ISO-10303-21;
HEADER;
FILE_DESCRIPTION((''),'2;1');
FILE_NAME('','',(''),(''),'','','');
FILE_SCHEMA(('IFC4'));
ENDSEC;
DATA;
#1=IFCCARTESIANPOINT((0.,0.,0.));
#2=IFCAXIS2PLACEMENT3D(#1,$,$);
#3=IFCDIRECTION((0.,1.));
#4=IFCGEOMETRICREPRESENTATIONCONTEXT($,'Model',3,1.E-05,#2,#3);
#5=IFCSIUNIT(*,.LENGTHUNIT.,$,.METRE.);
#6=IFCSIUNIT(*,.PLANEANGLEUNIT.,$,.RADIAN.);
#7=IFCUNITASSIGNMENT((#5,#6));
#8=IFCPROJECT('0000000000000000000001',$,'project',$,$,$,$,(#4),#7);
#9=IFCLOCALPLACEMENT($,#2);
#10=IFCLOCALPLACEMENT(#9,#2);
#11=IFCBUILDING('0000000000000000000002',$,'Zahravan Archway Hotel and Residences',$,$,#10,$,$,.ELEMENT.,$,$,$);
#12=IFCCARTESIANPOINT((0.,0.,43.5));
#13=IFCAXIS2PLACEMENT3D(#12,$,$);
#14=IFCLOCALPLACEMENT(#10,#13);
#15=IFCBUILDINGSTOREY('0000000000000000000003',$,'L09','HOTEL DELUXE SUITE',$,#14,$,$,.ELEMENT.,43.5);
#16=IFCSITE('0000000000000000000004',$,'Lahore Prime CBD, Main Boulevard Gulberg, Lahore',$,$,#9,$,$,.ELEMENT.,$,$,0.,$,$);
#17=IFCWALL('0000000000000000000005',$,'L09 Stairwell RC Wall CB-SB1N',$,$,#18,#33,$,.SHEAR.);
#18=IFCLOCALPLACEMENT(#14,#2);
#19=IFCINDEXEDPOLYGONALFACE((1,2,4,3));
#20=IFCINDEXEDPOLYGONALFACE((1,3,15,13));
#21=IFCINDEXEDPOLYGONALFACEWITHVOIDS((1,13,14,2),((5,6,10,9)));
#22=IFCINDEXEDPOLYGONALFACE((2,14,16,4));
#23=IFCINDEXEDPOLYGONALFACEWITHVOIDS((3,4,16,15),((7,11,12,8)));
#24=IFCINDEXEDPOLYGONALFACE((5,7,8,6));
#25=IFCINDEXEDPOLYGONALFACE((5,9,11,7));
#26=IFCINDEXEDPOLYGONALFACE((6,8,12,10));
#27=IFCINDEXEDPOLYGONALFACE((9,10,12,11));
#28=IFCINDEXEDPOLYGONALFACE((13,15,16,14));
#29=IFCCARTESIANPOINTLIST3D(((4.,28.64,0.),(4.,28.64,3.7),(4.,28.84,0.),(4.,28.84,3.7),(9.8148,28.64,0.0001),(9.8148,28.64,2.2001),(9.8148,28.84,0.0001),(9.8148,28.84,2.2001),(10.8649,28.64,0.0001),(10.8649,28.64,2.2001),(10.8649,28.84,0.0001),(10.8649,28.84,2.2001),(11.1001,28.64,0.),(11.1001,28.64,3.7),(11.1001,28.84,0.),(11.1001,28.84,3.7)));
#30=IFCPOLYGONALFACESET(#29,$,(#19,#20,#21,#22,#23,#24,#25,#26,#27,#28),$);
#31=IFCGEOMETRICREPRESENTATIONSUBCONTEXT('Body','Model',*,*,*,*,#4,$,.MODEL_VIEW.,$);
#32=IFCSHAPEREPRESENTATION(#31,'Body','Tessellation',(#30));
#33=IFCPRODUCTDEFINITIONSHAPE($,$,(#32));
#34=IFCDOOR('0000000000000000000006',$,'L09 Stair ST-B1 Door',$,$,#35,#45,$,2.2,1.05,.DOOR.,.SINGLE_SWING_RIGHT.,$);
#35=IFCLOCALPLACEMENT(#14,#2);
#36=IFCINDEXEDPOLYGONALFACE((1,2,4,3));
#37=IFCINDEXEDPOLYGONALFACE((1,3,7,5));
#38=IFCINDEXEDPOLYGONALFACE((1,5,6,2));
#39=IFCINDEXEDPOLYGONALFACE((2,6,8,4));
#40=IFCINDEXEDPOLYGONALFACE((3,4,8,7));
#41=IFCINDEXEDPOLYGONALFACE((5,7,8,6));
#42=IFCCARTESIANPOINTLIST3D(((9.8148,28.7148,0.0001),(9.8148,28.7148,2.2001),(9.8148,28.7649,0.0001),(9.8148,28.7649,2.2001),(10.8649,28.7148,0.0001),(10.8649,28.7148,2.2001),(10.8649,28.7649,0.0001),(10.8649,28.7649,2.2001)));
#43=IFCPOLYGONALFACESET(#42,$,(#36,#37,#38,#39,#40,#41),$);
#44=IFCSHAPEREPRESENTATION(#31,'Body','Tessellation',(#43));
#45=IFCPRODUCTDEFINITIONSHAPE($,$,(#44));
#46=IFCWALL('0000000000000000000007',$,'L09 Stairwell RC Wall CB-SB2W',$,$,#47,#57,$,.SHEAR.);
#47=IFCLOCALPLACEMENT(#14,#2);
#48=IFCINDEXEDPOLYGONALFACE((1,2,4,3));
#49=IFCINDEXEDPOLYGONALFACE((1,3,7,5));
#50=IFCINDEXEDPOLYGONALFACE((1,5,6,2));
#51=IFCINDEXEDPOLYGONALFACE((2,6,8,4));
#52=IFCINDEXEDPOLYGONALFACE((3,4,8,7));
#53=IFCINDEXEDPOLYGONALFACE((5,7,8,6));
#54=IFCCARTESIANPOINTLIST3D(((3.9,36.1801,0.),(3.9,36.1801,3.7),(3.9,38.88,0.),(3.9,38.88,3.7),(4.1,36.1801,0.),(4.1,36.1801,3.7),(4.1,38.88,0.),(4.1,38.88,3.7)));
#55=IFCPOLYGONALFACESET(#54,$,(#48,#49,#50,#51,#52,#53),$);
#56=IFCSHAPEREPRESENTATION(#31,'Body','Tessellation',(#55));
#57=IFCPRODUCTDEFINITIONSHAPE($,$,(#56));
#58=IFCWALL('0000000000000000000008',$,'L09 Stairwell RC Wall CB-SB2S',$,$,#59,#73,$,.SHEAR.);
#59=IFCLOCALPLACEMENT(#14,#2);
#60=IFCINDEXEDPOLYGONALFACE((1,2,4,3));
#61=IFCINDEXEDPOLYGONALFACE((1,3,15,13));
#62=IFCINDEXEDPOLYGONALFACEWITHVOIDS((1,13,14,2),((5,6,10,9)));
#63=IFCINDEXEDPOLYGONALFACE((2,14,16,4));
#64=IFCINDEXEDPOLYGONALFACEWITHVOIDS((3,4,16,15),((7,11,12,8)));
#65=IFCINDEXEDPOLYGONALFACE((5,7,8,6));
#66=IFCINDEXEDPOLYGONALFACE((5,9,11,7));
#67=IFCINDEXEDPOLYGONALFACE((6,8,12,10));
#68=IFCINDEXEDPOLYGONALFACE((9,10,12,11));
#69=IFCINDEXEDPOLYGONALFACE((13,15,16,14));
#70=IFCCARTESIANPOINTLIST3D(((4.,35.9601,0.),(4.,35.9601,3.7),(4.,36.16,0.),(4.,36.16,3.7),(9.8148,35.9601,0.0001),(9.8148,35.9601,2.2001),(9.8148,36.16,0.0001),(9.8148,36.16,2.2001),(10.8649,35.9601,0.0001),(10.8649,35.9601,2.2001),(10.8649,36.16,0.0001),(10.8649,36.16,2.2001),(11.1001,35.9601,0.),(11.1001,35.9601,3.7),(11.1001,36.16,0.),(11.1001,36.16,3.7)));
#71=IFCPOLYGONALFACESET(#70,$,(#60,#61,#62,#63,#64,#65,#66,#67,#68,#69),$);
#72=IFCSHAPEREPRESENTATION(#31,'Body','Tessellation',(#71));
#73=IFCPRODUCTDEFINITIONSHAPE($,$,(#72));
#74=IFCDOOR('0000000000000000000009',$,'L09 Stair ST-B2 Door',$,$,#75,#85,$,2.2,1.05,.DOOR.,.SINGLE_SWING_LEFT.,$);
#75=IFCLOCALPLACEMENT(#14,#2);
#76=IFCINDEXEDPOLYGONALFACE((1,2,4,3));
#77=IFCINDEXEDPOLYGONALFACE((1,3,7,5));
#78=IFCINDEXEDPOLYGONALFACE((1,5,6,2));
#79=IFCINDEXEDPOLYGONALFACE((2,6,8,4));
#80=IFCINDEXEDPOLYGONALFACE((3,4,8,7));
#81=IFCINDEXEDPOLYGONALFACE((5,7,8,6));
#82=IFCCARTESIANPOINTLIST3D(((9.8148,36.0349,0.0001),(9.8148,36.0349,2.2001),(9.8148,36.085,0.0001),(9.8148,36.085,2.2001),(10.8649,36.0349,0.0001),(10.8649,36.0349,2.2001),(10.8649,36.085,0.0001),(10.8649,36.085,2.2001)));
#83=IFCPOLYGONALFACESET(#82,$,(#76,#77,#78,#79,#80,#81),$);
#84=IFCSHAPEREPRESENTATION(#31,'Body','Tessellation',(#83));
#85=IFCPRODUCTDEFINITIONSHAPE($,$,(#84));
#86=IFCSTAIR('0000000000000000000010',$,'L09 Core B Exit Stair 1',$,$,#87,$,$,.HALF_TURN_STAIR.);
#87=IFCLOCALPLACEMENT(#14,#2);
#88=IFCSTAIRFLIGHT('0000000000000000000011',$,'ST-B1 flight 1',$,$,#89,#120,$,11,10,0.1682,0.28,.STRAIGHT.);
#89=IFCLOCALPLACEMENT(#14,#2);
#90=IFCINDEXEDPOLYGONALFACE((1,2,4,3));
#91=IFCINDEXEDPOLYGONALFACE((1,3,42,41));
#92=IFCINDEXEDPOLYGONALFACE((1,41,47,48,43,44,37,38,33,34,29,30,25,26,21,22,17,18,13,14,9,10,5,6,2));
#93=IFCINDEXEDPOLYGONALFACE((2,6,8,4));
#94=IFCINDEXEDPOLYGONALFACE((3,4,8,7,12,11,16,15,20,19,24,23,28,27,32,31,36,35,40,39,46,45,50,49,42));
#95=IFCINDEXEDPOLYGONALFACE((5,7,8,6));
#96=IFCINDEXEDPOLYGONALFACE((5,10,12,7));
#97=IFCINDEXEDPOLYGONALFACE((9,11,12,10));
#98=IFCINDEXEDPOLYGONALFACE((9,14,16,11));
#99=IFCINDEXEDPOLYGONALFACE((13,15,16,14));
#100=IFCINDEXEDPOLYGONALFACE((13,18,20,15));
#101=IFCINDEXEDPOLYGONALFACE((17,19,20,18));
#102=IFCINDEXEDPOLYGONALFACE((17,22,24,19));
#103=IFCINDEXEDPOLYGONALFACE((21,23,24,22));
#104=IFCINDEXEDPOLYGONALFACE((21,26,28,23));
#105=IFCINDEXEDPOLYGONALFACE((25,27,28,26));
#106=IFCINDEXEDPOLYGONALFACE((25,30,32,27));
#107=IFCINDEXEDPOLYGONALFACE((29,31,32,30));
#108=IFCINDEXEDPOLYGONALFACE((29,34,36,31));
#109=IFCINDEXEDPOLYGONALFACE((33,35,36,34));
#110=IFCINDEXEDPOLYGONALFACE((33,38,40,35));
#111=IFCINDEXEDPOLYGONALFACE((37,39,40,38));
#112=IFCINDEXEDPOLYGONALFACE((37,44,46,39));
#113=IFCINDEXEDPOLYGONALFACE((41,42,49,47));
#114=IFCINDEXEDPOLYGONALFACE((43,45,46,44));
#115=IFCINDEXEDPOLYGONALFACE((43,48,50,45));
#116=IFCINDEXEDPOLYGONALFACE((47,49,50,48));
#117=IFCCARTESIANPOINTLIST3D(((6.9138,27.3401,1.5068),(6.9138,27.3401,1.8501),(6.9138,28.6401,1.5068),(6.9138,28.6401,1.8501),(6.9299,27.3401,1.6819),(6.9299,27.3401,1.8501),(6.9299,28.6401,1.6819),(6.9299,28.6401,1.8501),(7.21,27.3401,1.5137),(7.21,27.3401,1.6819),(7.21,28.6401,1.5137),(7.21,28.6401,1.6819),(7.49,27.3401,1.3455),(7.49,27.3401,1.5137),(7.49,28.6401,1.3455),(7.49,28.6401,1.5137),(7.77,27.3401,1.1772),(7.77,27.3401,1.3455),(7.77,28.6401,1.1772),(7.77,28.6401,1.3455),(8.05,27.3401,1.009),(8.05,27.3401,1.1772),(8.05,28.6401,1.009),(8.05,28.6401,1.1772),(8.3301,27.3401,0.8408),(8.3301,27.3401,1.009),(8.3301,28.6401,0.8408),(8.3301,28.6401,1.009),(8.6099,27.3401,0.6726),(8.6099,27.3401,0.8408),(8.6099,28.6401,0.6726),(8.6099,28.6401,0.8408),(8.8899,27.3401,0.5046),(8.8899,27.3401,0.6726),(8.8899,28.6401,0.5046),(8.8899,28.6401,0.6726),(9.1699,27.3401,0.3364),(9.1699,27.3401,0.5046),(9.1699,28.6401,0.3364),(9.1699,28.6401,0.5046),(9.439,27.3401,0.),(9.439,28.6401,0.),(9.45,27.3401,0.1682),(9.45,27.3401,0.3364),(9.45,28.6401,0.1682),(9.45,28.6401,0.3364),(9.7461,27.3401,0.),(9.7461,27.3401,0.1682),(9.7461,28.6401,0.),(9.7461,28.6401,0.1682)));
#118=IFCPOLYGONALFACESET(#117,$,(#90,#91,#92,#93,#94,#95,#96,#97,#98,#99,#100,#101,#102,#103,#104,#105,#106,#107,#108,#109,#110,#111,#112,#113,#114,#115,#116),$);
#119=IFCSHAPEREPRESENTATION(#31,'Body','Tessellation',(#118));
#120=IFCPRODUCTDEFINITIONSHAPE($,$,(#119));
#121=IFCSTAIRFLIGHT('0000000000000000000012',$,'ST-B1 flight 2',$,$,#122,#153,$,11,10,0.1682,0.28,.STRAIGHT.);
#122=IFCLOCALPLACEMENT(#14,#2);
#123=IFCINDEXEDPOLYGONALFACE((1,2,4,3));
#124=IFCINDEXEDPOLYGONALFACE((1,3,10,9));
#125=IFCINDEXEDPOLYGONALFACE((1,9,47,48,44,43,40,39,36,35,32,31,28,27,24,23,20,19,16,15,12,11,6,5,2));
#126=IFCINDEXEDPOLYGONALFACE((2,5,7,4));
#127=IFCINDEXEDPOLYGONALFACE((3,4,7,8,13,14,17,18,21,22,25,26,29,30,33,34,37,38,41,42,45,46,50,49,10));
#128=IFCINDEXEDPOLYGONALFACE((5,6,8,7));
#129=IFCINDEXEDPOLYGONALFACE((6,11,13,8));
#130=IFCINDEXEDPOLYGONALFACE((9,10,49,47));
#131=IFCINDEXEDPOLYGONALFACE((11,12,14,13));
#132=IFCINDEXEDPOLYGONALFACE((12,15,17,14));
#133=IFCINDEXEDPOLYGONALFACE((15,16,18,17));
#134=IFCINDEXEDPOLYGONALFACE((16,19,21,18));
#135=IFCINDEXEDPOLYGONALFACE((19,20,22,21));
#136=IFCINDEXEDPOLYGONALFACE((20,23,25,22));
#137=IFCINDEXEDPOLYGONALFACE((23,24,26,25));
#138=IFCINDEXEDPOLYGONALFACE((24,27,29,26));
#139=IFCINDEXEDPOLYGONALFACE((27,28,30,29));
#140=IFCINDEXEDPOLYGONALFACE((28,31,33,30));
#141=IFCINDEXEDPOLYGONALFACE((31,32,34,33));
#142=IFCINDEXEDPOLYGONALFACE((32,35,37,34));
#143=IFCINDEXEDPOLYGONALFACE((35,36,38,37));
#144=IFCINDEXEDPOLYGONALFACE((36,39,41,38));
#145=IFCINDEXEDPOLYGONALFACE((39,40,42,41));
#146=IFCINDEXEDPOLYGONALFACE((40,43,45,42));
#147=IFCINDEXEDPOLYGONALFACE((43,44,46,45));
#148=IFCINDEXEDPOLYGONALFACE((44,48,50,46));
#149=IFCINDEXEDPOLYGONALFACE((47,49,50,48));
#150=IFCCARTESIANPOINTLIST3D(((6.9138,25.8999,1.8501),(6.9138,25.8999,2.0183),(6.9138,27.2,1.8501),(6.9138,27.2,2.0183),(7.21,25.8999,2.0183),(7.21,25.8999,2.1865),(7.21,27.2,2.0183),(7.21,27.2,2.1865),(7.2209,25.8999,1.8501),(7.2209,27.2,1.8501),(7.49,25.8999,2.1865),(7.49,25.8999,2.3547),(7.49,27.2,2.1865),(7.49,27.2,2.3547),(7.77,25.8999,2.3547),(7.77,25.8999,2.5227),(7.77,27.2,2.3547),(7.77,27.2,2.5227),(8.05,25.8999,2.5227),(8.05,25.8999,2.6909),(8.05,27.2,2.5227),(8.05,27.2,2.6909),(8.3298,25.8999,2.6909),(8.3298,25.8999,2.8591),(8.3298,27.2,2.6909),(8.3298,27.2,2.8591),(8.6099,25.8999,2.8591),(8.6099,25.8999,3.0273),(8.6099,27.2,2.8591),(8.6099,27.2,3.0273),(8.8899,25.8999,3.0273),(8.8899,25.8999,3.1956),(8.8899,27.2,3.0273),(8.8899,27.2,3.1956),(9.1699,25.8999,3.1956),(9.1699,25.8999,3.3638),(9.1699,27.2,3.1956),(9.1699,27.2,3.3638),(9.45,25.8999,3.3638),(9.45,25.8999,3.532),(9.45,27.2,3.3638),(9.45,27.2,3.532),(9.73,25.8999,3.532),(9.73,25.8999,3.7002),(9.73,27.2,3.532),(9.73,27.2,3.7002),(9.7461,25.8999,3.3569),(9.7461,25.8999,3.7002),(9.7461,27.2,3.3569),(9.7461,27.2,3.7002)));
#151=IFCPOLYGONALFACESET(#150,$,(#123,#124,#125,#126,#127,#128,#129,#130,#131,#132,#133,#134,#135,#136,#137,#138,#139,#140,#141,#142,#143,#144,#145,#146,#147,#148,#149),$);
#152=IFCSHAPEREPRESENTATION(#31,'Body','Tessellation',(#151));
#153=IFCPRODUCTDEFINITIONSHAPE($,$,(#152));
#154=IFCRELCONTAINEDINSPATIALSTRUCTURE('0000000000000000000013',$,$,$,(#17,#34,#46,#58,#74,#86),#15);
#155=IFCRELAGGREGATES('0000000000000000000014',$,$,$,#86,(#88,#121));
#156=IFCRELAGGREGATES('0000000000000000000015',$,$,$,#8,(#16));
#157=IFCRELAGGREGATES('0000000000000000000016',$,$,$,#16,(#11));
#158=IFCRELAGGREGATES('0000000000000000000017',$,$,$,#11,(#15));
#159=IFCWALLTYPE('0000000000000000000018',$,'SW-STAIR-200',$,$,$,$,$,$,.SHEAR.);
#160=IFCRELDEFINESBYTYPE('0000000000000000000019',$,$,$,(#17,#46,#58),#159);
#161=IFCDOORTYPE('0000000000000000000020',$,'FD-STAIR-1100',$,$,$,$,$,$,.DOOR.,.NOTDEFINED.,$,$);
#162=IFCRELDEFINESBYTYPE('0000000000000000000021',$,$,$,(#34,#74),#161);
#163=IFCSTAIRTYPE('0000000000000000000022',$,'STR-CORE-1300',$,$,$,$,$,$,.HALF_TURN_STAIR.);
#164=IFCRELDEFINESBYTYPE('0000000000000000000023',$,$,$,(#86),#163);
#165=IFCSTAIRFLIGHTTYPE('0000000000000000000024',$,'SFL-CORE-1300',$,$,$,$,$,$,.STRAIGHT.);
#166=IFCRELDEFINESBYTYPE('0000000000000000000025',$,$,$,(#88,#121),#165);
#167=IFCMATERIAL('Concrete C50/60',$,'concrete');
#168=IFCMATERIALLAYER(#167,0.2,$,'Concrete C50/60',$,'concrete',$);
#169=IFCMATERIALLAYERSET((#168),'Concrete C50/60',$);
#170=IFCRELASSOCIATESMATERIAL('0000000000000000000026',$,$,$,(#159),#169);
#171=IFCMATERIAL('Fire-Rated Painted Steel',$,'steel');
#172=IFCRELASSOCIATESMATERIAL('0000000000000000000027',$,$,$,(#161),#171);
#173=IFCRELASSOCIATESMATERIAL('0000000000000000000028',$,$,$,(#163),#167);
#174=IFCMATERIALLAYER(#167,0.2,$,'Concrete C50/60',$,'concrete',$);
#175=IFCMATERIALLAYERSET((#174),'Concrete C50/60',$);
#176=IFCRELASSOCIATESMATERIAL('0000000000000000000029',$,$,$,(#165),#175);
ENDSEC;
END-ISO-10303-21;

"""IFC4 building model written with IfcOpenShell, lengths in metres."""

from ifc_helpers import new_model, si_unit, direction, frame, frame_2d, origin, place, context, subcontext, project, spatial, polyline, rectangle, outline, extrude, source, transform, mapped, material, layer, layer_set, type_object, type_shapes, element, fill, aggregate, save


model = new_model("IFC4")

# Units and contexts
model_context = context("Model", 3, precision=1e-05, world=origin(), true_north=direction((0.0, 1.0)))
body_context = subcontext(model_context, "Body", "Model", "MODEL_VIEW")
ifc_project = project(units=[si_unit("LENGTHUNIT", "METRE"), si_unit("PLANEANGLEUNIT", "RADIAN")], contexts=[model_context])

# Site, building, storey
site_placement = place(None, origin())
site = spatial("IfcSite", under=ifc_project, at=site_placement, Name="Lahore Prime CBD, Main Boulevard Gulberg, Lahore", CompositionType="ELEMENT", RefElevation=0.0)
building_placement = place(site_placement, origin())
building = spatial("IfcBuilding", under=site, at=building_placement, Name="Zahravan Archway Hotel and Residences", CompositionType="ELEMENT")
storey_placement = place(building_placement, frame((0.0, 0.0, 43.5)))
storey = spatial("IfcBuildingStorey", under=building, at=storey_placement, Name="L09", Description="HOTEL DELUXE SUITE", CompositionType="ELEMENT", Elevation=43.5)

# Shared definitions
ifc_material_1 = material(Name="Fire-Rated Painted Steel", Category="steel")

# Shared definitions
ifc_material_2 = material(Name="Concrete C50/60", Category="concrete")
ifc_layer_1 = layer(ifc_material_2, 0.2, Name="Concrete C50/60", Category="concrete")
ifc_layer_set_1 = layer_set([ifc_layer_1], Name="Concrete C50/60")
wall_type_1 = type_object("IfcWallType", Name="SW-STAIR-200", PredefinedType="SHEAR", material=ifc_layer_set_1)

# Wall, opening, door
wall_1_placement = place(storey_placement, frame((4.0, 28.74, 0.0), z_axis=(0.0, 0.0, 1.0), x_axis=(1.0, 0.0, 0.0)))
wall_1 = element("IfcWall", 1, at=wall_1_placement, inside=storey, type_object=wall_type_1, Name="L09 Stairwell RC Wall CB-SB1N", PredefinedType="SHEAR", context=body_context, shape_type="SweptSolid", body=[
    extrude(rectangle(XDim=7.1001, YDim=0.2, at=frame_2d((3.55, 0.0))), origin(), (0.0, 0.0, 1.0), 3.7),
])
opening_1_placement = place(wall_1_placement, frame((5.8149, 0.0, 0.0)))
opening_1 = element("IfcOpeningElement", 2, at=opening_1_placement, cuts=wall_1, PredefinedType="OPENING", context=body_context, shape_type="SweptSolid", body=[
    extrude(rectangle(XDim=1.05, YDim=2.2, at=frame_2d((0.5249, 1.1001))), frame((0.0, 0.1099, 0.0), z_axis=(0.0, -1.0, 0.0), x_axis=(1.0, 0.0, 0.0)), (0.0, 0.0, 1.0), 0.22),
])
door_type_1 = type_object("IfcDoorType", Name="FD-STAIR-1100", OperationType="NOTDEFINED", PredefinedType="DOOR", material=ifc_material_1)
shared_shape_1 = source(origin(), body_context, "Body", "SweptSolid", [
    extrude(rectangle(XDim=1.05, YDim=2.2, at=frame_2d((0.5249, 1.1001))), frame((0.0, 0.0249, 0.0), z_axis=(0.0, -1.0, 0.0), x_axis=(1.0, 0.0, 0.0)), (0.0, 0.0, 1.0), 0.05),
])
type_shapes(door_type_1, [shared_shape_1])
door_1_placement = place(opening_1_placement, origin())
door_1 = element("IfcDoor", 3, at=door_1_placement, inside=storey, type_object=door_type_1, Name="L09 Stair ST-B1 Door", OperationType="SINGLE_SWING_RIGHT", OverallHeight=2.2, OverallWidth=1.05, PredefinedType="DOOR", context=body_context, shape_type="MappedRepresentation", body=[
    mapped(shared_shape_1, transform((0.0, 0.0, 0.0), scale=1.0)),
])
fill(opening_1, door_1)

# Wall
wall_2_placement = place(storey_placement, frame((4.0, 36.1799, 0.0), z_axis=(0.0, 0.0, 1.0), x_axis=(0.0, 1.0, 0.0)))
element("IfcWall", 4, at=wall_2_placement, inside=storey, type_object=wall_type_1, Name="L09 Stairwell RC Wall CB-SB2W", PredefinedType="SHEAR", context=body_context, shape_type="SweptSolid", body=[
    extrude(rectangle(XDim=2.7, YDim=0.2, at=frame_2d((1.3501, 0.0))), origin(), (0.0, 0.0, 1.0), 3.7),
])

# Wall, opening, door
wall_3_placement = place(storey_placement, frame((4.0, 36.0601, 0.0), z_axis=(0.0, 0.0, 1.0), x_axis=(1.0, 0.0, 0.0)))
wall_3 = element("IfcWall", 5, at=wall_3_placement, inside=storey, type_object=wall_type_1, Name="L09 Stairwell RC Wall CB-SB2S", PredefinedType="SHEAR", context=body_context, shape_type="SweptSolid", body=[
    extrude(rectangle(XDim=7.1001, YDim=0.2, at=frame_2d((3.55, 0.0))), origin(), (0.0, 0.0, 1.0), 3.7),
])
opening_2_placement = place(wall_3_placement, frame((5.8149, 0.0, 0.0)))
opening_2 = element("IfcOpeningElement", 6, at=opening_2_placement, cuts=wall_3, PredefinedType="OPENING", context=body_context, shape_type="SweptSolid", body=[
    extrude(rectangle(XDim=1.05, YDim=2.2, at=frame_2d((0.5249, 1.1001))), frame((0.0, 0.1099, 0.0), z_axis=(0.0, -1.0, 0.0), x_axis=(1.0, 0.0, 0.0)), (0.0, 0.0, 1.0), 0.22),
])
door_2_placement = place(opening_2_placement, origin())
door_2 = element("IfcDoor", 7, at=door_2_placement, inside=storey, type_object=door_type_1, Name="L09 Stair ST-B2 Door", OperationType="SINGLE_SWING_LEFT", OverallHeight=2.2, OverallWidth=1.05, PredefinedType="DOOR", context=body_context, shape_type="MappedRepresentation", body=[
    mapped(shared_shape_1, transform((0.0, 0.0, 0.0), scale=1.0)),
])
fill(opening_2, door_2)

# Stair, stair flights
stair_type = type_object("IfcStairType", Name="STR-CORE-1300", PredefinedType="HALF_TURN_STAIR", material=ifc_material_2)
stair_1_placement = place(storey_placement, origin())
stair_1 = element("IfcStair", 8, at=stair_1_placement, inside=storey, type_object=stair_type, Name="L09 Core B Exit Stair 1", PredefinedType="HALF_TURN_STAIR")
ifc_layer_2 = layer(ifc_material_2, 0.2, Name="Concrete C50/60", Category="concrete")
ifc_layer_set_2 = layer_set([ifc_layer_2], Name="Concrete C50/60")
stair_flight_type = type_object("IfcStairFlightType", Name="SFL-CORE-1300", PredefinedType="STRAIGHT", material=ifc_layer_set_2)
shared_shape_2 = source(origin(), body_context, "Body", "SweptSolid", [
    extrude(outline(polyline([(-0.0161, 0.0), (-0.0161, 0.1682), (0.28, 0.1682), (0.28, 0.3364), (0.5601, 0.3364), (0.5601, 0.5046), (0.8401, 0.5046), (0.8401, 0.6726), (1.1201, 0.6726), (1.1201, 0.8408), (1.3999, 0.8408), (1.3999, 1.009), (1.6799, 1.009), (1.6799, 1.1772), (1.96, 1.1772), (1.96, 1.3455), (2.24, 1.3455), (2.24, 1.5137), (2.52, 1.5137), (2.52, 1.6819), (2.8, 1.6819), (2.8, 1.8501), (2.8162, 1.8501), (2.8162, 1.5068), (0.291, 0.0), (-0.0161, 0.0)])), frame((0.0, 0.6499, 0.0), z_axis=(0.0, -1.0, 0.0), x_axis=(1.0, 0.0, 0.0)), (0.0, 0.0, 1.0), 1.3),
])
stair_flight_1_placement = place(storey_placement, frame((9.73, 27.99, 0.0), z_axis=(0.0, 0.0, 1.0), x_axis=(-1.0, 0.0, 0.0)))
stair_flight_1 = element("IfcStairFlight", 9, at=stair_flight_1_placement, type_object=stair_flight_type, Name="ST-B1 flight 1", NumberOfRisers=11, NumberOfTreads=10, PredefinedType="STRAIGHT", RiserHeight=0.1682, TreadLength=0.28, context=body_context, shape_type="MappedRepresentation", body=[
    mapped(shared_shape_2, transform((0.0, 0.0, 0.0), scale=1.0)),
])
stair_flight_2_placement = place(storey_placement, frame((6.9299, 26.55, 1.8501), z_axis=(0.0, 0.0, 1.0), x_axis=(1.0, 0.0, 0.0)))
stair_flight_2 = element("IfcStairFlight", 10, at=stair_flight_2_placement, type_object=stair_flight_type, Name="ST-B1 flight 2", NumberOfRisers=11, NumberOfTreads=10, PredefinedType="STRAIGHT", RiserHeight=0.1682, TreadLength=0.28, context=body_context, shape_type="MappedRepresentation", body=[
    mapped(shared_shape_2, transform((0.0, 0.0, 0.0), scale=1.0)),
])
aggregate(stair_1, [stair_flight_1, stair_flight_2])

save(model, "model.ifc")
